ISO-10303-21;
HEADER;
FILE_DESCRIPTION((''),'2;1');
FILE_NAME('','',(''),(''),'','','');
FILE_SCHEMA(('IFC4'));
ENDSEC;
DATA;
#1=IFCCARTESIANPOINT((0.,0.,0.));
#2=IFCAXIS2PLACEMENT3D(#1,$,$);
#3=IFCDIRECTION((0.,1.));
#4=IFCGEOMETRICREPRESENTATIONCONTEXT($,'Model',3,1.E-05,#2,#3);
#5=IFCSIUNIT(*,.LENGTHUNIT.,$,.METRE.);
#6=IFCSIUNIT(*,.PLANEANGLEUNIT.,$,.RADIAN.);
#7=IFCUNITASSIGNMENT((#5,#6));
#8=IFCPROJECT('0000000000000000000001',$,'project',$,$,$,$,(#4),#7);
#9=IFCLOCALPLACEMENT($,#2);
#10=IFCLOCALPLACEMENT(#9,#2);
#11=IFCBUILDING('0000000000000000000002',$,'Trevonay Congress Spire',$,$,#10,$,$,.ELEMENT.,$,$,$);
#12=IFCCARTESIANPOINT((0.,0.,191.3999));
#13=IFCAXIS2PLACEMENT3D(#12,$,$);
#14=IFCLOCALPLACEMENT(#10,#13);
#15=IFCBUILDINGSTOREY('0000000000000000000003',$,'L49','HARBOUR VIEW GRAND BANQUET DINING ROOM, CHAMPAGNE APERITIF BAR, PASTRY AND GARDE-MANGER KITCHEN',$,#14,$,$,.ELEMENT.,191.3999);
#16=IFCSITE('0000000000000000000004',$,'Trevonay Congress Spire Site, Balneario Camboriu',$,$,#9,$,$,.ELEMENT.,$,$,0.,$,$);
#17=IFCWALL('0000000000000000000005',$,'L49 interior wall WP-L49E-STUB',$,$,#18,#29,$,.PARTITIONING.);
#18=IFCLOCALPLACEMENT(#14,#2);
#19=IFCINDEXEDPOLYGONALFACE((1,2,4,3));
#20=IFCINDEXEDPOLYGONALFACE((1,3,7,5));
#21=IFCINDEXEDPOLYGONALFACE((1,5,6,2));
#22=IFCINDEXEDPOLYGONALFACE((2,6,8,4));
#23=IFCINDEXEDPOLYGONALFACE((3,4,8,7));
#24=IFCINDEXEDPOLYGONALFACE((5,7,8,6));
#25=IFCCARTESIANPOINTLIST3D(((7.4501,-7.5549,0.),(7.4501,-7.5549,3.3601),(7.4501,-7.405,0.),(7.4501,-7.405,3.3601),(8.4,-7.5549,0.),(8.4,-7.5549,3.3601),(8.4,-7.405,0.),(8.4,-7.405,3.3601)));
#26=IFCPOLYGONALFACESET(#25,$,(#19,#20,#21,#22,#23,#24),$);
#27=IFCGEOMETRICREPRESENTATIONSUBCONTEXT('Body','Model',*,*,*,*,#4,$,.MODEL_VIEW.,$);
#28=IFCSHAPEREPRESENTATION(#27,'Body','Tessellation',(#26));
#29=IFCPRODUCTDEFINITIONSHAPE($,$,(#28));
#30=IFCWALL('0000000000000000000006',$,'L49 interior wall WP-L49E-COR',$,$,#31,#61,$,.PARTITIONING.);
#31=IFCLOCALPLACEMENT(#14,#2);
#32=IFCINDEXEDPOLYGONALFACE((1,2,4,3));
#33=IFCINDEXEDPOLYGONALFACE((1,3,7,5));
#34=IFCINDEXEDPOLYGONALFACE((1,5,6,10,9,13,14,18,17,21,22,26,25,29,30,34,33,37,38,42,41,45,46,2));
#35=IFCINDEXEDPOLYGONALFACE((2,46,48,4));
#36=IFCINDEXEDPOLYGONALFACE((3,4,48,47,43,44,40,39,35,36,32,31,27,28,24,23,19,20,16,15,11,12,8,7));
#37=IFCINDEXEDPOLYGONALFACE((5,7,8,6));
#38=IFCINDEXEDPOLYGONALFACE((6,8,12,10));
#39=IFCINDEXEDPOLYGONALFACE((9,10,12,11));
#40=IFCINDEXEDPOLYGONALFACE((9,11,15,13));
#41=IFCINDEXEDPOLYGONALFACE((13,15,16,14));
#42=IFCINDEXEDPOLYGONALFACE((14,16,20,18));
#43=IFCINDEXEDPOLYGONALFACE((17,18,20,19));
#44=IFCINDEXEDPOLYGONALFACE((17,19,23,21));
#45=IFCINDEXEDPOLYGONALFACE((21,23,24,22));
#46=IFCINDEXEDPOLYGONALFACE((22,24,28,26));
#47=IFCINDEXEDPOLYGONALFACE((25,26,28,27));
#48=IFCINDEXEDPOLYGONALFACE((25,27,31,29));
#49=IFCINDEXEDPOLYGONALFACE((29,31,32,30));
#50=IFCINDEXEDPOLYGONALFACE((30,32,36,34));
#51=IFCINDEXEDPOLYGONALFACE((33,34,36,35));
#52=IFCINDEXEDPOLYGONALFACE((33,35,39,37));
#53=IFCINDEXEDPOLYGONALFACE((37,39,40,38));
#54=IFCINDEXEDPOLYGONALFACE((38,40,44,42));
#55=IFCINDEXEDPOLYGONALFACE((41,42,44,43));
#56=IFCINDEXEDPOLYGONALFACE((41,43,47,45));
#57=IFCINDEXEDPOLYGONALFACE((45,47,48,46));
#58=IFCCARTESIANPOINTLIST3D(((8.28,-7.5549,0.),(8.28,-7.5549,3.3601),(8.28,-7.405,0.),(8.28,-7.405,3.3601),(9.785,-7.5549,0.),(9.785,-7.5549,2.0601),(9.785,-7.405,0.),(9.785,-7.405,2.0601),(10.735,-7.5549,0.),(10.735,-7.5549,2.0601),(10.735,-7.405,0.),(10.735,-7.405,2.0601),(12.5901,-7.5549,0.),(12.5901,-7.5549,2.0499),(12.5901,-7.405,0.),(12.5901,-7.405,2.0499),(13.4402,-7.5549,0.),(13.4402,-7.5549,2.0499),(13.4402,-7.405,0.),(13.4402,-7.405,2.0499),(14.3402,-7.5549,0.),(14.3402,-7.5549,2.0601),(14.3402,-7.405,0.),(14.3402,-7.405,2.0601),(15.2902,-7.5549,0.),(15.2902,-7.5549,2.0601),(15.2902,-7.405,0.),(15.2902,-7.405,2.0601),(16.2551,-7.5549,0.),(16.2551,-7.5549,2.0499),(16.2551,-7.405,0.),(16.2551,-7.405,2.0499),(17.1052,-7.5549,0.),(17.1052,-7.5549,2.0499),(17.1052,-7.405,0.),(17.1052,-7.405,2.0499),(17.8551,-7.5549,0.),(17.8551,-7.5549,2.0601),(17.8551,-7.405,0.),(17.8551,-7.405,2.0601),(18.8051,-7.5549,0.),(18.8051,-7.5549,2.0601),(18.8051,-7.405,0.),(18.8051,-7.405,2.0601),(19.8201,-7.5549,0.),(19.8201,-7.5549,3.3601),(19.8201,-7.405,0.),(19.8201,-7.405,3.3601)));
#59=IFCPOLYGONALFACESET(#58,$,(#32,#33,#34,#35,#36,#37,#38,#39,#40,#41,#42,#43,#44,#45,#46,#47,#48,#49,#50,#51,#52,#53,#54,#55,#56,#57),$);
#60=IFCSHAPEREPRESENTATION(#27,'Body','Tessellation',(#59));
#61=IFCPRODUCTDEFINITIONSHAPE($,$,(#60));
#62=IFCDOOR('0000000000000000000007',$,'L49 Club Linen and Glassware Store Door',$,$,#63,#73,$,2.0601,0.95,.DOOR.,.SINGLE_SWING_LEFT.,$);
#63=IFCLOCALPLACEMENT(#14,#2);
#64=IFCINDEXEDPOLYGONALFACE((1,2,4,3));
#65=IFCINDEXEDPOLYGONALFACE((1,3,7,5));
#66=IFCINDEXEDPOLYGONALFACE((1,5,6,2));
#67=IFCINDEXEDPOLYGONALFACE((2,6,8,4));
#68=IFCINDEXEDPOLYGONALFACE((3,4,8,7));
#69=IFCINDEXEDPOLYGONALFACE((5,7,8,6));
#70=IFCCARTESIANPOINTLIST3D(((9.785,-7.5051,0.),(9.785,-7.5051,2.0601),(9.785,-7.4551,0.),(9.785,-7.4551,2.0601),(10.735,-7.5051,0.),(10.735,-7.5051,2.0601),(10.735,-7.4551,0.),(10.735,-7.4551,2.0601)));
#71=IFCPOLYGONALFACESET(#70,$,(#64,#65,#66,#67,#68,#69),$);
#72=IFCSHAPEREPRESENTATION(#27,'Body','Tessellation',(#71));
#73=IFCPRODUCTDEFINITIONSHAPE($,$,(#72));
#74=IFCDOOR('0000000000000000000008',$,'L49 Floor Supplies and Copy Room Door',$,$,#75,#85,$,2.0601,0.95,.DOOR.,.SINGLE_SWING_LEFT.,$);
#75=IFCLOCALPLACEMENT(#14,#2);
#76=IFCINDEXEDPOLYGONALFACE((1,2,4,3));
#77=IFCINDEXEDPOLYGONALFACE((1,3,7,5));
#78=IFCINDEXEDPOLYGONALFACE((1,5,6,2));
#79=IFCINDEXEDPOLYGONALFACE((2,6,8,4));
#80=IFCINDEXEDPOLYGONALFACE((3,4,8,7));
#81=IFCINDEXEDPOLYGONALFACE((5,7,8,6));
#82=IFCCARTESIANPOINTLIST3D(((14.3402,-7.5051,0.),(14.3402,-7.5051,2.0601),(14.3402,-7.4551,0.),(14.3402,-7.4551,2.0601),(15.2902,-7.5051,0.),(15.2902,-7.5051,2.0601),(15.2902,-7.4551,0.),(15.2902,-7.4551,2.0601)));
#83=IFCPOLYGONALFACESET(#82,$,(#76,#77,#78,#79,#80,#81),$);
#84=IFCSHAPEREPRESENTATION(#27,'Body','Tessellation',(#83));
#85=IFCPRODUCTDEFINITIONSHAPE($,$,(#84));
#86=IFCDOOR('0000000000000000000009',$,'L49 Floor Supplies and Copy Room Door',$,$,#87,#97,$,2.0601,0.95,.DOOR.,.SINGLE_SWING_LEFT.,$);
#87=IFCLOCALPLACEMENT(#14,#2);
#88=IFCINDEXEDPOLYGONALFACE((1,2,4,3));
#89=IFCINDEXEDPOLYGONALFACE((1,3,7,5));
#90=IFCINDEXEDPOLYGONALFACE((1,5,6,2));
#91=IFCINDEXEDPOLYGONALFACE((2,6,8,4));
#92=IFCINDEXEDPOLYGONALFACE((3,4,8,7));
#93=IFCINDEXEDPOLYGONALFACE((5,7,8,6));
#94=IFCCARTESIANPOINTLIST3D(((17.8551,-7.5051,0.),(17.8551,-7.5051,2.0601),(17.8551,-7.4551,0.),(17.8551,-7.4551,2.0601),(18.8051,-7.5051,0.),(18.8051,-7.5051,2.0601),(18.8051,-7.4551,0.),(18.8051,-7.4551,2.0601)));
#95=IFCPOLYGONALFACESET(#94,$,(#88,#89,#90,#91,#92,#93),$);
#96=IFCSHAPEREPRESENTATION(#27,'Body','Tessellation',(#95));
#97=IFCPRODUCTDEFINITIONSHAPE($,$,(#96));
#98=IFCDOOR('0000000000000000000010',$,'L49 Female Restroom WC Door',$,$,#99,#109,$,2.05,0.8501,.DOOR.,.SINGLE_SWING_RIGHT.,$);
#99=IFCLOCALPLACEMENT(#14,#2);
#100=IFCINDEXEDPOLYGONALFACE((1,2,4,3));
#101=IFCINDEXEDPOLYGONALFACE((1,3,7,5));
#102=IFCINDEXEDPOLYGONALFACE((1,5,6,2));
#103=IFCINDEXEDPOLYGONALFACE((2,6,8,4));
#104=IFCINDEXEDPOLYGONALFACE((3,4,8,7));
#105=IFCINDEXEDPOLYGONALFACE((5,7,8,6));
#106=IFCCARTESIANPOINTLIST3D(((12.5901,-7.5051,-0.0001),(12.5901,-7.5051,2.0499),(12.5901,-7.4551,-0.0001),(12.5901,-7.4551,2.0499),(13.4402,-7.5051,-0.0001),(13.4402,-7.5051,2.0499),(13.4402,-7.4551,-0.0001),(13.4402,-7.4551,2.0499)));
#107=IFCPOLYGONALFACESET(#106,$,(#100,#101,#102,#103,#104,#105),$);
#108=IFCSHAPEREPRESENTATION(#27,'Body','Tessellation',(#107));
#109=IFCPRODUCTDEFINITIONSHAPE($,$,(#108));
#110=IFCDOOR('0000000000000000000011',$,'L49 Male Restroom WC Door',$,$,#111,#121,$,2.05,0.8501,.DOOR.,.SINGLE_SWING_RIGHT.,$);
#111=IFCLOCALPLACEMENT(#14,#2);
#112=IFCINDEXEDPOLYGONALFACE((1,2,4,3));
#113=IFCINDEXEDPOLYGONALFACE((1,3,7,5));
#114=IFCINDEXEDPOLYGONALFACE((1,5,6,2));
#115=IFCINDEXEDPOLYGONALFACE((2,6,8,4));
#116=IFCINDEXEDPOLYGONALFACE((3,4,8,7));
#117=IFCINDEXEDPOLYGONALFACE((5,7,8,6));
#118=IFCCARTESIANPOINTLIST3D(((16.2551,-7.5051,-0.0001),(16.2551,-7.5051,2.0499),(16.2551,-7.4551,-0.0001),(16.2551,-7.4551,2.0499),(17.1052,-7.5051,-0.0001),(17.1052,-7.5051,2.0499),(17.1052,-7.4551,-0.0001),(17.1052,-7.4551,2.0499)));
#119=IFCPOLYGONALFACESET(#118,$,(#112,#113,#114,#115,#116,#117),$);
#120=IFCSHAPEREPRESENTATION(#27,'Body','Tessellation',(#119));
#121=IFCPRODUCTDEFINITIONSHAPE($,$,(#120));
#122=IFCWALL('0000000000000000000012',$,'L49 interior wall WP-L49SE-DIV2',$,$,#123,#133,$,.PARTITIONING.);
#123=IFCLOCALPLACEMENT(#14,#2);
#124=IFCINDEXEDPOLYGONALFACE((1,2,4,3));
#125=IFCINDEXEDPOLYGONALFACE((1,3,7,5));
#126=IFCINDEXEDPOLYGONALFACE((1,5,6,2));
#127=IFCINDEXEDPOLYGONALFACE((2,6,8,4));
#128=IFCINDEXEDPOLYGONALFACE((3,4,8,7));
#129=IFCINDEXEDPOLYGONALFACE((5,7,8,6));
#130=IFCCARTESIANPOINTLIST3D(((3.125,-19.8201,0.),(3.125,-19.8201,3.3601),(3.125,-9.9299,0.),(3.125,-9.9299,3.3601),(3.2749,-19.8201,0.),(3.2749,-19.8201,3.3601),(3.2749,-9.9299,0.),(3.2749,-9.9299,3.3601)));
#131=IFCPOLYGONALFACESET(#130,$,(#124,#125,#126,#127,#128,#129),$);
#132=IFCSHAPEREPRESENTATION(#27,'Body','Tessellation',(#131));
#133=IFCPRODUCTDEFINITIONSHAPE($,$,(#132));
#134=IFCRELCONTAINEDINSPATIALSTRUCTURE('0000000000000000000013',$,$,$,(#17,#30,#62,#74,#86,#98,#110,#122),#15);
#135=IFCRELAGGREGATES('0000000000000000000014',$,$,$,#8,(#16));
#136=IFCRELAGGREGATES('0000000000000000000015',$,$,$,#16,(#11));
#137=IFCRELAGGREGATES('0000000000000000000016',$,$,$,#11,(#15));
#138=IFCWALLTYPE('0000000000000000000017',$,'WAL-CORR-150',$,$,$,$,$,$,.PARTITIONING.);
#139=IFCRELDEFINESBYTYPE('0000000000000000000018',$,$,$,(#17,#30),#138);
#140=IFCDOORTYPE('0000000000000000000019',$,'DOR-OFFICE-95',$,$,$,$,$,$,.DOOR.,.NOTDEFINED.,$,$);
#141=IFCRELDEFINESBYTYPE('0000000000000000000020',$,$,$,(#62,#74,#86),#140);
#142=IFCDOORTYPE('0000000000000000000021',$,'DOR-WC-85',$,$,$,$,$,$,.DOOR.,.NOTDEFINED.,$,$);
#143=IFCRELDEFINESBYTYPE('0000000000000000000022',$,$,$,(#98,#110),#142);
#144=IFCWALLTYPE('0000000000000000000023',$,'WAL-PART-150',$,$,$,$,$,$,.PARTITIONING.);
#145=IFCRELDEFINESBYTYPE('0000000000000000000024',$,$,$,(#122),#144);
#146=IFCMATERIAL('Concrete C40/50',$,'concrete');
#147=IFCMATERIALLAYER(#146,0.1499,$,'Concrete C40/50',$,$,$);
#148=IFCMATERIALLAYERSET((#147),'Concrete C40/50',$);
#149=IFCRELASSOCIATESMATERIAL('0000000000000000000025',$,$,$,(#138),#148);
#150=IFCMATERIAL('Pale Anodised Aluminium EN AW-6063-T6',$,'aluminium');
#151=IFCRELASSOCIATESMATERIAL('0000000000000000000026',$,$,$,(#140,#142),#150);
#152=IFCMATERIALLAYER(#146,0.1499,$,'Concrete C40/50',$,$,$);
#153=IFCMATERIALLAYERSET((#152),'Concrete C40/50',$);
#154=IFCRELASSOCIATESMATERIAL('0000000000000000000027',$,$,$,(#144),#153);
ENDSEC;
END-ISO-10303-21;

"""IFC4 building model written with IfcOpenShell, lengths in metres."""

from ifc_helpers import new_model, si_unit, direction, frame, frame_2d, origin, place, context, subcontext, project, spatial, rectangle, extrude, material, layer, layer_set, type_object, element, fill, save


model = new_model("IFC4")

# Units and contexts
model_context = context("Model", 3, precision=1e-05, world=origin(), true_north=direction((0.0, 1.0)))
body_context = subcontext(model_context, "Body", "Model", "MODEL_VIEW")
ifc_project = project(units=[si_unit("LENGTHUNIT", "METRE"), si_unit("PLANEANGLEUNIT", "RADIAN")], contexts=[model_context])

# Site, building, storey
site_placement = place(None, origin())
site = spatial("IfcSite", under=ifc_project, at=site_placement, Name="Trevonay Congress Spire Site, Balneario Camboriu", CompositionType="ELEMENT", RefElevation=0.0)
building_placement = place(site_placement, origin())
building = spatial("IfcBuilding", under=site, at=building_placement, Name="Trevonay Congress Spire", CompositionType="ELEMENT")
storey_placement = place(building_placement, frame((0.0, 0.0, 191.3999)))
storey = spatial("IfcBuildingStorey", under=building, at=storey_placement, Name="L49", Description="HARBOUR VIEW GRAND BANQUET DINING ROOM, CHAMPAGNE APERITIF BAR, PASTRY AND GARDE-MANGER KITCHEN", CompositionType="ELEMENT", Elevation=191.3999)

# Shared definitions
ifc_material_1 = material(Name="Pale Anodised Aluminium EN AW-6063-T6", Category="aluminium")

# Wall
ifc_material_2 = material(Name="Concrete C40/50", Category="concrete")
ifc_layer_1 = layer(ifc_material_2, 0.1499, Name="Concrete C40/50")
ifc_layer_set_1 = layer_set([ifc_layer_1], Name="Concrete C40/50")
wall_type_1 = type_object("IfcWallType", Name="WAL-CORR-150", PredefinedType="PARTITIONING", material=ifc_layer_set_1)
wall_1_placement = place(storey_placement, frame((7.45, -7.48, 0.0), z_axis=(0.0, 0.0, 1.0), x_axis=(1.0, 0.0, 0.0)))
element("IfcWall", 1, at=wall_1_placement, inside=storey, type_object=wall_type_1, Name="L49 interior wall WP-L49E-STUB", PredefinedType="PARTITIONING", context=body_context, shape_type="SweptSolid", body=[
    extrude(rectangle(XDim=0.95, YDim=0.1499, at=frame_2d((0.4751, 0.0))), origin(), (0.0, 0.0, 1.0), 3.3601),
])

# Wall, openings, doors
wall_2_placement = place(storey_placement, frame((8.28, -7.48, 0.0), z_axis=(0.0, 0.0, 1.0), x_axis=(1.0, 0.0, 0.0)))
wall_2 = element("IfcWall", 2, at=wall_2_placement, inside=storey, type_object=wall_type_1, Name="L49 interior wall WP-L49E-COR", PredefinedType="PARTITIONING", context=body_context, shape_type="SweptSolid", body=[
    extrude(rectangle(XDim=11.54, YDim=0.1499, at=frame_2d((5.77, 0.0))), origin(), (0.0, 0.0, 1.0), 3.3601),
])
opening_1_placement = place(wall_2_placement, frame((1.5049, 0.0, 0.0)))
opening_1 = element("IfcOpeningElement", 3, at=opening_1_placement, cuts=wall_2, PredefinedType="OPENING", context=body_context, shape_type="SweptSolid", body=[
    extrude(rectangle(XDim=0.95, YDim=2.0601, at=frame_2d((0.4751, 1.03))), frame((0.0, 0.085, 0.0), z_axis=(0.0, -1.0, 0.0), x_axis=(1.0, 0.0, 0.0)), (0.0, 0.0, 1.0), 0.1699),
])
opening_2_placement = place(wall_2_placement, frame((4.3101, 0.0, 0.0)))
opening_2 = element("IfcOpeningElement", 4, at=opening_2_placement, cuts=wall_2, PredefinedType="OPENING", context=body_context, shape_type="SweptSolid", body=[
    extrude(rectangle(XDim=0.8501, YDim=2.05, at=frame_2d((0.425, 1.0249))), frame((0.0, 0.085, 0.0), z_axis=(0.0, -1.0, 0.0), x_axis=(1.0, 0.0, 0.0)), (0.0, 0.0, 1.0), 0.1699),
])
opening_3_placement = place(wall_2_placement, frame((6.0601, 0.0, 0.0)))
opening_3 = element("IfcOpeningElement", 5, at=opening_3_placement, cuts=wall_2, PredefinedType="OPENING", context=body_context, shape_type="SweptSolid", body=[
    extrude(rectangle(XDim=0.95, YDim=2.0601, at=frame_2d((0.4751, 1.03))), frame((0.0, 0.085, 0.0), z_axis=(0.0, -1.0, 0.0), x_axis=(1.0, 0.0, 0.0)), (0.0, 0.0, 1.0), 0.1699),
])
opening_4_placement = place(wall_2_placement, frame((7.9751, 0.0, 0.0)))
opening_4 = element("IfcOpeningElement", 6, at=opening_4_placement, cuts=wall_2, PredefinedType="OPENING", context=body_context, shape_type="SweptSolid", body=[
    extrude(rectangle(XDim=0.8501, YDim=2.05, at=frame_2d((0.425, 1.0249))), frame((0.0, 0.085, 0.0), z_axis=(0.0, -1.0, 0.0), x_axis=(1.0, 0.0, 0.0)), (0.0, 0.0, 1.0), 0.1699),
])
opening_5_placement = place(wall_2_placement, frame((9.575, 0.0, 0.0)))
opening_5 = element("IfcOpeningElement", 7, at=opening_5_placement, cuts=wall_2, PredefinedType="OPENING", context=body_context, shape_type="SweptSolid", body=[
    extrude(rectangle(XDim=0.95, YDim=2.0601, at=frame_2d((0.4751, 1.03))), frame((0.0, 0.085, 0.0), z_axis=(0.0, -1.0, 0.0), x_axis=(1.0, 0.0, 0.0)), (0.0, 0.0, 1.0), 0.1699),
])
door_type_1 = type_object("IfcDoorType", Name="DOR-OFFICE-95", OperationType="NOTDEFINED", PredefinedType="DOOR", material=ifc_material_1)
door_1_placement = place(opening_1_placement, origin())
door_1 = element("IfcDoor", 8, at=door_1_placement, inside=storey, type_object=door_type_1, Name="L49 Club Linen and Glassware Store Door", OperationType="SINGLE_SWING_LEFT", OverallHeight=2.0601, OverallWidth=0.95, PredefinedType="DOOR", context=body_context, shape_type="SweptSolid", body=[
    extrude(rectangle(XDim=0.95, YDim=2.0601, at=frame_2d((0.4751, 1.03))), frame((0.0, 0.0249, 0.0), z_axis=(0.0, -1.0, 0.0), x_axis=(1.0, 0.0, 0.0)), (0.0, 0.0, 1.0), 0.05),
])
fill(opening_1, door_1)
door_2_placement = place(opening_3_placement, origin())
door_2 = element("IfcDoor", 9, at=door_2_placement, inside=storey, type_object=door_type_1, Name="L49 Floor Supplies and Copy Room Door", OperationType="SINGLE_SWING_LEFT", OverallHeight=2.0601, OverallWidth=0.95, PredefinedType="DOOR", context=body_context, shape_type="SweptSolid", body=[
    extrude(rectangle(XDim=0.95, YDim=2.0601, at=frame_2d((0.4751, 1.03))), frame((0.0, 0.0249, 0.0), z_axis=(0.0, -1.0, 0.0), x_axis=(1.0, 0.0, 0.0)), (0.0, 0.0, 1.0), 0.05),
])
fill(opening_3, door_2)
door_3_placement = place(opening_5_placement, origin())
door_3 = element("IfcDoor", 10, at=door_3_placement, inside=storey, type_object=door_type_1, Name="L49 Floor Supplies and Copy Room Door", OperationType="SINGLE_SWING_LEFT", OverallHeight=2.0601, OverallWidth=0.95, PredefinedType="DOOR", context=body_context, shape_type="SweptSolid", body=[
    extrude(rectangle(XDim=0.95, YDim=2.0601, at=frame_2d((0.4751, 1.03))), frame((0.0, 0.0249, 0.0), z_axis=(0.0, -1.0, 0.0), x_axis=(1.0, 0.0, 0.0)), (0.0, 0.0, 1.0), 0.05),
])
fill(opening_5, door_3)
door_type_2 = type_object("IfcDoorType", Name="DOR-WC-85", OperationType="NOTDEFINED", PredefinedType="DOOR", material=ifc_material_1)
door_4_placement = place(opening_2_placement, origin())
door_4 = element("IfcDoor", 11, at=door_4_placement, inside=storey, type_object=door_type_2, Name="L49 Female Restroom WC Door", OperationType="SINGLE_SWING_RIGHT", OverallHeight=2.05, OverallWidth=0.8501, PredefinedType="DOOR", context=body_context, shape_type="SweptSolid", body=[
    extrude(rectangle(XDim=0.8501, YDim=2.05, at=frame_2d((0.425, 1.0249))), frame((0.0, 0.0249, 0.0), z_axis=(0.0, -1.0, 0.0), x_axis=(1.0, 0.0, 0.0)), (0.0, 0.0, 1.0), 0.05),
])
fill(opening_2, door_4)
door_5_placement = place(opening_4_placement, origin())
door_5 = element("IfcDoor", 12, at=door_5_placement, inside=storey, type_object=door_type_2, Name="L49 Male Restroom WC Door", OperationType="SINGLE_SWING_RIGHT", OverallHeight=2.05, OverallWidth=0.8501, PredefinedType="DOOR", context=body_context, shape_type="SweptSolid", body=[
    extrude(rectangle(XDim=0.8501, YDim=2.05, at=frame_2d((0.425, 1.0249))), frame((0.0, 0.0249, 0.0), z_axis=(0.0, -1.0, 0.0), x_axis=(1.0, 0.0, 0.0)), (0.0, 0.0, 1.0), 0.05),
])
fill(opening_4, door_5)

# Wall
ifc_layer_2 = layer(ifc_material_2, 0.1499, Name="Concrete C40/50")
ifc_layer_set_2 = layer_set([ifc_layer_2], Name="Concrete C40/50")
wall_type_2 = type_object("IfcWallType", Name="WAL-PART-150", PredefinedType="PARTITIONING", material=ifc_layer_set_2)
wall_3_placement = place(storey_placement, frame((3.2, -19.8201, 0.0), z_axis=(0.0, 0.0, 1.0), x_axis=(0.0, 1.0, 0.0)))
element("IfcWall", 13, at=wall_3_placement, inside=storey, type_object=wall_type_2, Name="L49 interior wall WP-L49SE-DIV2", PredefinedType="PARTITIONING", context=body_context, shape_type="SweptSolid", body=[
    extrude(rectangle(XDim=9.8901, YDim=0.1499, at=frame_2d((4.9451, 0.0))), origin(), (0.0, 0.0, 1.0), 3.3601),
])

save(model, "model.ifc")
